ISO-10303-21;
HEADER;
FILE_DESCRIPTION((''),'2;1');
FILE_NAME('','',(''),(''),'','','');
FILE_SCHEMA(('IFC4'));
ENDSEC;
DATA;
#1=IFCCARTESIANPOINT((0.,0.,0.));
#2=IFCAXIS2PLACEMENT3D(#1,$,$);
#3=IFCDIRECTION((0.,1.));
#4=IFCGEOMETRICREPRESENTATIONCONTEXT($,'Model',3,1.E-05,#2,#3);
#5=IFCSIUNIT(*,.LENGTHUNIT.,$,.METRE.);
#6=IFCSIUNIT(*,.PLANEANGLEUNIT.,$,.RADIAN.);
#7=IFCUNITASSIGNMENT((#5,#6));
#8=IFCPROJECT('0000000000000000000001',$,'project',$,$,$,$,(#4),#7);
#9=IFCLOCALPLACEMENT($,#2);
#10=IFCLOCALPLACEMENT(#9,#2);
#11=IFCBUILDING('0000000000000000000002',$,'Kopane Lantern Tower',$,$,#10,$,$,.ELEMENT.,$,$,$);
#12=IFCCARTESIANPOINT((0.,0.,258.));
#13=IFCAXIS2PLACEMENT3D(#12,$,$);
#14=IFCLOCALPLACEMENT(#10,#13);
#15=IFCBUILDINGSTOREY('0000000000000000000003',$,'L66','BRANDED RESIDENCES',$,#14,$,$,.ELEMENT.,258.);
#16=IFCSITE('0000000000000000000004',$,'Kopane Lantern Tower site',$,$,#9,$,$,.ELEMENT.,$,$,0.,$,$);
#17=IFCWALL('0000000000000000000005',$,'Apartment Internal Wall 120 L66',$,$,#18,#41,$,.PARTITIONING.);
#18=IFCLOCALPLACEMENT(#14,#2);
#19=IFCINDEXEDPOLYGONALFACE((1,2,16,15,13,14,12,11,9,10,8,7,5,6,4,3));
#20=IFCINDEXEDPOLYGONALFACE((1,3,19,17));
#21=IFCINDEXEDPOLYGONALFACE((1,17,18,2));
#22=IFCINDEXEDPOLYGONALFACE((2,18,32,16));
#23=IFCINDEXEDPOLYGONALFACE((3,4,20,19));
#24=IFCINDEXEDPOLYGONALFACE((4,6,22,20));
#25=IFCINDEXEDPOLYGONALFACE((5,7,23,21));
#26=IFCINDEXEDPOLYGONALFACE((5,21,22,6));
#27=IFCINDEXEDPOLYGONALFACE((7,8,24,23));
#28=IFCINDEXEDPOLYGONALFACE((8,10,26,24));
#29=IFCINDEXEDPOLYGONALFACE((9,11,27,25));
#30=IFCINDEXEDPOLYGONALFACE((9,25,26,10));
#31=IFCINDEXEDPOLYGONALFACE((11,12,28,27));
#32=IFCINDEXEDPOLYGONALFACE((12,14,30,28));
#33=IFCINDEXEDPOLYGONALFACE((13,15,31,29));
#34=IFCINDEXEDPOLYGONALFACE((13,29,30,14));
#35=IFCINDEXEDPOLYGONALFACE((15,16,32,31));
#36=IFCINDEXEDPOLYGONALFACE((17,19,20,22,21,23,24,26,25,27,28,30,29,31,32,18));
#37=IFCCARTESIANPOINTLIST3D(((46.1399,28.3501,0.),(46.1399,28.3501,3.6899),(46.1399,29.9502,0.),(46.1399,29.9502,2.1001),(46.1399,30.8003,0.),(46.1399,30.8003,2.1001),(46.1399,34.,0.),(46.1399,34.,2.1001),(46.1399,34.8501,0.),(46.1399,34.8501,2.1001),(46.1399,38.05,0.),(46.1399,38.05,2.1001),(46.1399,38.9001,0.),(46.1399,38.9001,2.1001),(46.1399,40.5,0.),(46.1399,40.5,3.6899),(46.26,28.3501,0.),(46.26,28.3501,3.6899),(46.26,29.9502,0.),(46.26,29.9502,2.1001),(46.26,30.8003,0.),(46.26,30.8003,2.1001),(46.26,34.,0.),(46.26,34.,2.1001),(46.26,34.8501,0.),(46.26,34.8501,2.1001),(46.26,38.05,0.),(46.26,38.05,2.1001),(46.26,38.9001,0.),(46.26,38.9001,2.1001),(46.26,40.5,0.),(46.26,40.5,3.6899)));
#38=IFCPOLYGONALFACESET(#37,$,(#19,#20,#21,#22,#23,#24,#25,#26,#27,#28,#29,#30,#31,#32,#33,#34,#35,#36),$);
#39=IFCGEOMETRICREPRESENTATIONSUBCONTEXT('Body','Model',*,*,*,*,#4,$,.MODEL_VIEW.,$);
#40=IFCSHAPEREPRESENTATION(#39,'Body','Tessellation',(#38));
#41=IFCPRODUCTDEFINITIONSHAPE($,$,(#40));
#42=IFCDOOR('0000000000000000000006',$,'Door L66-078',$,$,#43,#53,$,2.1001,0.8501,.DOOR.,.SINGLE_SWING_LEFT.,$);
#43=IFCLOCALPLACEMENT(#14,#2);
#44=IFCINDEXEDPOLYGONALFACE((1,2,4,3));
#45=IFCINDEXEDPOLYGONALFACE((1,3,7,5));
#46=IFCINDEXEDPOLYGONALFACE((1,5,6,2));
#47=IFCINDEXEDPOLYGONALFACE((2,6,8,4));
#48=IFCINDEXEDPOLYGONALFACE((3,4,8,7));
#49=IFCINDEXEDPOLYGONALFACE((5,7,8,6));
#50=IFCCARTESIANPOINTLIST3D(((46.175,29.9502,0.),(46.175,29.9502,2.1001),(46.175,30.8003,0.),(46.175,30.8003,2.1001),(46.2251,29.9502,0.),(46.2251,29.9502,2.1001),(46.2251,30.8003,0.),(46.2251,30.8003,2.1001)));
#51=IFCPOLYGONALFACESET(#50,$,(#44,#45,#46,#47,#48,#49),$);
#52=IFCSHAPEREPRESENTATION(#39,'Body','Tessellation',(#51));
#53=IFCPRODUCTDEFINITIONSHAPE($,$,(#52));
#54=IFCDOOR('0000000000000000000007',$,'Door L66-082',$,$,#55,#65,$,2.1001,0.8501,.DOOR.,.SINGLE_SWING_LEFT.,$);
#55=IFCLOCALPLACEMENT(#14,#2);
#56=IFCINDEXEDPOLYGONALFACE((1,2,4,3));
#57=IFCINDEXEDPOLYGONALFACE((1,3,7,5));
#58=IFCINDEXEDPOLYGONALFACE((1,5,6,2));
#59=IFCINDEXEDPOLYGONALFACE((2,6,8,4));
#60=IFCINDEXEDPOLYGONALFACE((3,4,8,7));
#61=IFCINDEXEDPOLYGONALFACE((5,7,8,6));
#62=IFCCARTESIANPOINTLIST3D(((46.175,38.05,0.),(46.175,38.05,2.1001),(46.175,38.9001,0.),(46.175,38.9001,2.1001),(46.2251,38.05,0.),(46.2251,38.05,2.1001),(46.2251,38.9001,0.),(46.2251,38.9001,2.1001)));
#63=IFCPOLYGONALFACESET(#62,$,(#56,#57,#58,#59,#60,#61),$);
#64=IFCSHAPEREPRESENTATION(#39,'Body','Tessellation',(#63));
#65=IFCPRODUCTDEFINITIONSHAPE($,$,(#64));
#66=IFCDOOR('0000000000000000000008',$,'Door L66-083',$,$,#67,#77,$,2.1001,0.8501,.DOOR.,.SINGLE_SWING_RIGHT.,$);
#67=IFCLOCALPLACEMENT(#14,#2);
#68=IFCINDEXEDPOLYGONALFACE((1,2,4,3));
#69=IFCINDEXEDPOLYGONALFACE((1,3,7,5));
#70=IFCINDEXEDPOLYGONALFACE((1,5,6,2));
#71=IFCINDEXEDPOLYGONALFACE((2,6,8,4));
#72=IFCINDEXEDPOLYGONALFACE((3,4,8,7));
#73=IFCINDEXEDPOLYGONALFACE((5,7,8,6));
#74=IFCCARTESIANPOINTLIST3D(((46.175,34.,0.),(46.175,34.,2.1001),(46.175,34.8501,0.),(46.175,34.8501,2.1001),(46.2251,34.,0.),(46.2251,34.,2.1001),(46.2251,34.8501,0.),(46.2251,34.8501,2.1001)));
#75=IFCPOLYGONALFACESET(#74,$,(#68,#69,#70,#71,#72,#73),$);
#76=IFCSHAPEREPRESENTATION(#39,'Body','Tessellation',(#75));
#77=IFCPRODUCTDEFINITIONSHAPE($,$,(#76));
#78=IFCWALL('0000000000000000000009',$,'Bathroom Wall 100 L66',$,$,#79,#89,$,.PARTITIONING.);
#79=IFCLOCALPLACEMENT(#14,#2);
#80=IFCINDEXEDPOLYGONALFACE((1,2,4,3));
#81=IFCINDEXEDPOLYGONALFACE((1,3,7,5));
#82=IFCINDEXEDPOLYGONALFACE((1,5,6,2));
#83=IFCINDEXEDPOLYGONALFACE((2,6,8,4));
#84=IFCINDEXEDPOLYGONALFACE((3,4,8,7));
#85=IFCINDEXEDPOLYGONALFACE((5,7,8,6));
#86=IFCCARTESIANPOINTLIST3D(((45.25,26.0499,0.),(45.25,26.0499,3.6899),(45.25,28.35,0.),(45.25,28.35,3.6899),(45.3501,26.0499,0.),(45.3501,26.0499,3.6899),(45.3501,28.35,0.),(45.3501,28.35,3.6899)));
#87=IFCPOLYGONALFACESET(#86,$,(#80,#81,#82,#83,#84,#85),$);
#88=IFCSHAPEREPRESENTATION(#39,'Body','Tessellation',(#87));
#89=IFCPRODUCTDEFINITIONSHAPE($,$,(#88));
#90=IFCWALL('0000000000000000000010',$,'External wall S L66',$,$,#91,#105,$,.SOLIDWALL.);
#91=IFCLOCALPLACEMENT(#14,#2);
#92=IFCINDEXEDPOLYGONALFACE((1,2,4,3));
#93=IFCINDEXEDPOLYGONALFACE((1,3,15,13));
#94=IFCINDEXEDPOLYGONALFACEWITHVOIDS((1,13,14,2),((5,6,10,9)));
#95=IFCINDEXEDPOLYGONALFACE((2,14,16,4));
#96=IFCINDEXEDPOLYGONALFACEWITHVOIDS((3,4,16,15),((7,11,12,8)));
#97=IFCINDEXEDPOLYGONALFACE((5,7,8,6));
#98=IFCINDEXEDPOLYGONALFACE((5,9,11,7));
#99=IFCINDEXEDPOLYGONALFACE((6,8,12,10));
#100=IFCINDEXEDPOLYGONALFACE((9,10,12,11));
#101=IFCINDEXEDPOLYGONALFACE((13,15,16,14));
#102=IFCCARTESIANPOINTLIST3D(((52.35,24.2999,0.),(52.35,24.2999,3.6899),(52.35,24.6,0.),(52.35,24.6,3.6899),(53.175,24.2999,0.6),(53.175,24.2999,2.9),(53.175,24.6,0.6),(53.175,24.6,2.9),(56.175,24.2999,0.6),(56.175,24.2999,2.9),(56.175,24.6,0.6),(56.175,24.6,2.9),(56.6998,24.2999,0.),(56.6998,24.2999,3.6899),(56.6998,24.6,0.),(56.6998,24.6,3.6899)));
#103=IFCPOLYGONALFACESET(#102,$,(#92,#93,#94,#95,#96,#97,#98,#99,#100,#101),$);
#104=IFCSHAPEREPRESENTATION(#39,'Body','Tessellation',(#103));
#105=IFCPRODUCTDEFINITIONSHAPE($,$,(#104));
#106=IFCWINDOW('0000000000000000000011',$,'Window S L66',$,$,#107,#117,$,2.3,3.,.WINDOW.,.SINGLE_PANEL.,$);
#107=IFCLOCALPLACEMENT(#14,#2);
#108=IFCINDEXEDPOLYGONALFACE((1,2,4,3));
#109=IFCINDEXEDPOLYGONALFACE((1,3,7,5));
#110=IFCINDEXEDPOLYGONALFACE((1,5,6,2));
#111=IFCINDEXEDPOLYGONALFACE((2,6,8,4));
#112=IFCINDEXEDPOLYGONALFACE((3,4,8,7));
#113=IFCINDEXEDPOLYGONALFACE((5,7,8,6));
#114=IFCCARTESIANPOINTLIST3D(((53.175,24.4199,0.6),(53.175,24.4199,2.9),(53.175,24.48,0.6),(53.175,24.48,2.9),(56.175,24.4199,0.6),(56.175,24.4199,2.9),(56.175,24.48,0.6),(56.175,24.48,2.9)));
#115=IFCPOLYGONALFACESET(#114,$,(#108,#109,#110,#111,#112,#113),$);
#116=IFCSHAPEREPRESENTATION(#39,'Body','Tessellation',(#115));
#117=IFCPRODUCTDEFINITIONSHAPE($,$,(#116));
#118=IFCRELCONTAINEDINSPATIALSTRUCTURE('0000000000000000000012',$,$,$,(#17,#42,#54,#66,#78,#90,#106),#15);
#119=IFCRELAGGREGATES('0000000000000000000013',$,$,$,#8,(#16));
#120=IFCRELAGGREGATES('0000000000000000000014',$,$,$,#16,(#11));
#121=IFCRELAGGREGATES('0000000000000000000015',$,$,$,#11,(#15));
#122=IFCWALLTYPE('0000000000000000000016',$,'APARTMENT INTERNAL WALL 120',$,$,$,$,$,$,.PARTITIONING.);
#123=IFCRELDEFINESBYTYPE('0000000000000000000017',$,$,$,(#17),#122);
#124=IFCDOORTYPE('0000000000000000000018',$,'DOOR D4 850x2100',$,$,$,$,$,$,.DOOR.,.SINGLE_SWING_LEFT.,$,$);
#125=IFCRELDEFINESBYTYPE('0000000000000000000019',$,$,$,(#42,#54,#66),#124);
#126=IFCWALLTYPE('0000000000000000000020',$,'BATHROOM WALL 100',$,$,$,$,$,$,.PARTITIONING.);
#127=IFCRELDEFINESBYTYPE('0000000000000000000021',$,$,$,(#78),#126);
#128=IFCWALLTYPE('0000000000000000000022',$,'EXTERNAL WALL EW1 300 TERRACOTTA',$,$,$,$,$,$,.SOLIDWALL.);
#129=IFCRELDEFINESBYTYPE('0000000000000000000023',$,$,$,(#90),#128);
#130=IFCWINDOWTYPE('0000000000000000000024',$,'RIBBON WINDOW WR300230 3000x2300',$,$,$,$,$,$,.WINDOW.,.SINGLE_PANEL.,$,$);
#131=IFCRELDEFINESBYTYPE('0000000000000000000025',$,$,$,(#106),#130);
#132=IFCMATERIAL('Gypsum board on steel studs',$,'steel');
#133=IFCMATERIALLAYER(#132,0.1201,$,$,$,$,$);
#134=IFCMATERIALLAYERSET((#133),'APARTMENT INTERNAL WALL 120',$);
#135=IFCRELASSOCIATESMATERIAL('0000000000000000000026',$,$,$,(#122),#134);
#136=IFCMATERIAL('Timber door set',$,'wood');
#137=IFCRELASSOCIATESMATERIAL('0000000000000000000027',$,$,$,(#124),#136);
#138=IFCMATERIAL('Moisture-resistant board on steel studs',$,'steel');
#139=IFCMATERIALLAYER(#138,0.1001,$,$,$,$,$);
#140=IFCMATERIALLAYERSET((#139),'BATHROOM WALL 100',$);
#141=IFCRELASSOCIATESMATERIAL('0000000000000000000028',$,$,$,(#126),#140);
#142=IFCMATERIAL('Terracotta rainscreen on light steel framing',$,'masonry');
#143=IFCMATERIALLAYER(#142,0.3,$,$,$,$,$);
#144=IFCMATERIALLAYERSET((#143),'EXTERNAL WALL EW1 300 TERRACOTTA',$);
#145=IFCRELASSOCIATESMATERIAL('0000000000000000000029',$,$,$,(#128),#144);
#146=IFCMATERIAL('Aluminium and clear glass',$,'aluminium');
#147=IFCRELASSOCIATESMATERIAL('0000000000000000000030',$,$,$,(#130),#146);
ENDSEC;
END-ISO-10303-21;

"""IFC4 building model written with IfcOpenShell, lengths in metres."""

from ifc_helpers import new_model, si_unit, direction, frame, frame_2d, origin, place, context, subcontext, project, spatial, rectangle, extrude, material, layer, layer_set, type_object, element, fill, save


model = new_model("IFC4")

# Units and contexts
model_context = context("Model", 3, precision=1e-05, world=origin(), true_north=direction((0.0, 1.0)))
body_context = subcontext(model_context, "Body", "Model", "MODEL_VIEW")
ifc_project = project(units=[si_unit("LENGTHUNIT", "METRE"), si_unit("PLANEANGLEUNIT", "RADIAN")], contexts=[model_context])

# Site, building, storey
site_placement = place(None, origin())
site = spatial("IfcSite", under=ifc_project, at=site_placement, Name="Kopane Lantern Tower site", CompositionType="ELEMENT", RefElevation=0.0)
building_placement = place(site_placement, origin())
building = spatial("IfcBuilding", under=site, at=building_placement, Name="Kopane Lantern Tower", CompositionType="ELEMENT")
storey_placement = place(building_placement, frame((0.0, 0.0, 258.0)))
storey = spatial("IfcBuildingStorey", under=building, at=storey_placement, Name="L66", Description="BRANDED RESIDENCES", CompositionType="ELEMENT", Elevation=258.0)

# Wall, openings, doors
ifc_material_1 = material(Name="Gypsum board on steel studs", Category="steel")
ifc_layer_1 = layer(ifc_material_1, 0.1201)
ifc_layer_set_1 = layer_set([ifc_layer_1], Name="APARTMENT INTERNAL WALL 120")
wall_type_1 = type_object("IfcWallType", Name="APARTMENT INTERNAL WALL 120", PredefinedType="PARTITIONING", material=ifc_layer_set_1)
wall_1_placement = place(storey_placement, frame((46.2, 28.3501, 0.0), z_axis=(0.0, 0.0, 1.0), x_axis=(0.0, 1.0, 0.0)))
wall_1 = element("IfcWall", 1, at=wall_1_placement, inside=storey, type_object=wall_type_1, Name="Apartment Internal Wall 120 L66", PredefinedType="PARTITIONING", context=body_context, shape_type="SweptSolid", body=[
    extrude(rectangle(XDim=12.1499, YDim=0.1201, at=frame_2d((6.075, 0.0))), origin(), (0.0, 0.0, 1.0), 3.6899),
])
opening_1_placement = place(wall_1_placement, frame((1.6001, 0.0, 0.0)))
opening_1 = element("IfcOpeningElement", 2, at=opening_1_placement, cuts=wall_1, PredefinedType="OPENING", context=body_context, shape_type="SweptSolid", body=[
    extrude(rectangle(XDim=0.8501, YDim=2.1001, at=frame_2d((0.425, 1.05))), frame((0.0, 0.0701, 0.0), z_axis=(0.0, -1.0, 0.0), x_axis=(1.0, 0.0, 0.0)), (0.0, 0.0, 1.0), 0.1401),
])
opening_2_placement = place(wall_1_placement, frame((9.7, 0.0, 0.0)))
opening_2 = element("IfcOpeningElement", 3, at=opening_2_placement, cuts=wall_1, PredefinedType="OPENING", context=body_context, shape_type="SweptSolid", body=[
    extrude(rectangle(XDim=0.8501, YDim=2.1001, at=frame_2d((0.425, 1.05))), frame((0.0, 0.0701, 0.0), z_axis=(0.0, -1.0, 0.0), x_axis=(1.0, 0.0, 0.0)), (0.0, 0.0, 1.0), 0.1401),
])
opening_3_placement = place(wall_1_placement, frame((5.6499, 0.0, 0.0)))
opening_3 = element("IfcOpeningElement", 4, at=opening_3_placement, cuts=wall_1, PredefinedType="OPENING", context=body_context, shape_type="SweptSolid", body=[
    extrude(rectangle(XDim=0.8501, YDim=2.1001, at=frame_2d((0.425, 1.05))), frame((0.0, 0.0701, 0.0), z_axis=(0.0, -1.0, 0.0), x_axis=(1.0, 0.0, 0.0)), (0.0, 0.0, 1.0), 0.1401),
])
ifc_material_2 = material(Name="Timber door set", Category="wood")
door_type = type_object("IfcDoorType", Name="DOOR D4 850x2100", OperationType="SINGLE_SWING_LEFT", PredefinedType="DOOR", material=ifc_material_2)
door_1_placement = place(opening_1_placement, origin())
door_1 = element("IfcDoor", 5, at=door_1_placement, inside=storey, type_object=door_type, Name="Door L66-078", OperationType="SINGLE_SWING_LEFT", OverallHeight=2.1001, OverallWidth=0.8501, PredefinedType="DOOR", context=body_context, shape_type="SweptSolid", body=[
    extrude(rectangle(XDim=0.8501, YDim=2.1001, at=frame_2d((0.425, 1.05))), frame((0.0, 0.0249, 0.0), z_axis=(0.0, -1.0, 0.0), x_axis=(1.0, 0.0, 0.0)), (0.0, 0.0, 1.0), 0.05),
])
fill(opening_1, door_1)
door_2_placement = place(opening_2_placement, origin())
door_2 = element("IfcDoor", 6, at=door_2_placement, inside=storey, type_object=door_type, Name="Door L66-082", OperationType="SINGLE_SWING_LEFT", OverallHeight=2.1001, OverallWidth=0.8501, PredefinedType="DOOR", context=body_context, shape_type="SweptSolid", body=[
    extrude(rectangle(XDim=0.8501, YDim=2.1001, at=frame_2d((0.425, 1.05))), frame((0.0, 0.0249, 0.0), z_axis=(0.0, -1.0, 0.0), x_axis=(1.0, 0.0, 0.0)), (0.0, 0.0, 1.0), 0.05),
])
fill(opening_2, door_2)
door_3_placement = place(opening_3_placement, origin())
door_3 = element("IfcDoor", 7, at=door_3_placement, inside=storey, type_object=door_type, Name="Door L66-083", OperationType="SINGLE_SWING_RIGHT", OverallHeight=2.1001, OverallWidth=0.8501, PredefinedType="DOOR", context=body_context, shape_type="SweptSolid", body=[
    extrude(rectangle(XDim=0.8501, YDim=2.1001, at=frame_2d((0.425, 1.05))), frame((0.0, 0.0249, 0.0), z_axis=(0.0, -1.0, 0.0), x_axis=(1.0, 0.0, 0.0)), (0.0, 0.0, 1.0), 0.05),
])
fill(opening_3, door_3)

# Wall
ifc_material_3 = material(Name="Moisture-resistant board on steel studs", Category="steel")
ifc_layer_2 = layer(ifc_material_3, 0.1001)
ifc_layer_set_2 = layer_set([ifc_layer_2], Name="BATHROOM WALL 100")
wall_type_2 = type_object("IfcWallType", Name="BATHROOM WALL 100", PredefinedType="PARTITIONING", material=ifc_layer_set_2)
wall_2_placement = place(storey_placement, frame((45.3, 26.05, 0.0), z_axis=(0.0, 0.0, 1.0), x_axis=(0.0, 1.0, 0.0)))
element("IfcWall", 8, at=wall_2_placement, inside=storey, type_object=wall_type_2, Name="Bathroom Wall 100 L66", PredefinedType="PARTITIONING", context=body_context, shape_type="SweptSolid", body=[
    extrude(rectangle(XDim=2.3, YDim=0.1001, at=frame_2d((1.1499, 0.0))), origin(), (0.0, 0.0, 1.0), 3.6899),
])

# Wall, opening, window
ifc_material_4 = material(Name="Terracotta rainscreen on light steel framing", Category="masonry")
ifc_layer_3 = layer(ifc_material_4, 0.3)
ifc_layer_set_3 = layer_set([ifc_layer_3], Name="EXTERNAL WALL EW1 300 TERRACOTTA")
wall_type_3 = type_object("IfcWallType", Name="EXTERNAL WALL EW1 300 TERRACOTTA", PredefinedType="SOLIDWALL", material=ifc_layer_set_3)
wall_3_placement = place(storey_placement, frame((52.3501, 24.45, 0.0), z_axis=(0.0, 0.0, 1.0), x_axis=(1.0, 0.0, 0.0)))
wall_3 = element("IfcWall", 9, at=wall_3_placement, inside=storey, type_object=wall_type_3, Name="External wall S L66", PredefinedType="SOLIDWALL", context=body_context, shape_type="SweptSolid", body=[
    extrude(rectangle(XDim=4.3499, YDim=0.3, at=frame_2d((2.1748, 0.0))), origin(), (0.0, 0.0, 1.0), 3.6899),
])
opening_4_placement = place(wall_3_placement, frame((0.825, 0.0, 0.6001)))
opening_4 = element("IfcOpeningElement", 10, at=opening_4_placement, cuts=wall_3, PredefinedType="OPENING", context=body_context, shape_type="SweptSolid", body=[
    extrude(rectangle(XDim=3.0, YDim=2.3, at=frame_2d((1.5, 1.1499))), frame((0.0, 0.1599, 0.0), z_axis=(0.0, -1.0, 0.0), x_axis=(1.0, 0.0, 0.0)), (0.0, 0.0, 1.0), 0.3201),
])
ifc_material_5 = material(Name="Aluminium and clear glass", Category="aluminium")
window_type_1 = type_object("IfcWindowType", Name="RIBBON WINDOW WR300230 3000x2300", PartitioningType="SINGLE_PANEL", PredefinedType="WINDOW", material=ifc_material_5)
window_1_placement = place(opening_4_placement, origin())
window_1 = element("IfcWindow", 11, at=window_1_placement, inside=storey, type_object=window_type_1, Name="Window S L66", OverallHeight=2.3, OverallWidth=3.0, PartitioningType="SINGLE_PANEL", PredefinedType="WINDOW", context=body_context, shape_type="SweptSolid", body=[
    extrude(rectangle(XDim=3.0, YDim=2.3, at=frame_2d((1.5, 1.1499))), frame((0.0, 0.03, 0.0), z_axis=(0.0, -1.0, 0.0), x_axis=(1.0, 0.0, 0.0)), (0.0, 0.0, 1.0), 0.0601),
])
fill(opening_4, window_1)

save(model, "model.ifc")
